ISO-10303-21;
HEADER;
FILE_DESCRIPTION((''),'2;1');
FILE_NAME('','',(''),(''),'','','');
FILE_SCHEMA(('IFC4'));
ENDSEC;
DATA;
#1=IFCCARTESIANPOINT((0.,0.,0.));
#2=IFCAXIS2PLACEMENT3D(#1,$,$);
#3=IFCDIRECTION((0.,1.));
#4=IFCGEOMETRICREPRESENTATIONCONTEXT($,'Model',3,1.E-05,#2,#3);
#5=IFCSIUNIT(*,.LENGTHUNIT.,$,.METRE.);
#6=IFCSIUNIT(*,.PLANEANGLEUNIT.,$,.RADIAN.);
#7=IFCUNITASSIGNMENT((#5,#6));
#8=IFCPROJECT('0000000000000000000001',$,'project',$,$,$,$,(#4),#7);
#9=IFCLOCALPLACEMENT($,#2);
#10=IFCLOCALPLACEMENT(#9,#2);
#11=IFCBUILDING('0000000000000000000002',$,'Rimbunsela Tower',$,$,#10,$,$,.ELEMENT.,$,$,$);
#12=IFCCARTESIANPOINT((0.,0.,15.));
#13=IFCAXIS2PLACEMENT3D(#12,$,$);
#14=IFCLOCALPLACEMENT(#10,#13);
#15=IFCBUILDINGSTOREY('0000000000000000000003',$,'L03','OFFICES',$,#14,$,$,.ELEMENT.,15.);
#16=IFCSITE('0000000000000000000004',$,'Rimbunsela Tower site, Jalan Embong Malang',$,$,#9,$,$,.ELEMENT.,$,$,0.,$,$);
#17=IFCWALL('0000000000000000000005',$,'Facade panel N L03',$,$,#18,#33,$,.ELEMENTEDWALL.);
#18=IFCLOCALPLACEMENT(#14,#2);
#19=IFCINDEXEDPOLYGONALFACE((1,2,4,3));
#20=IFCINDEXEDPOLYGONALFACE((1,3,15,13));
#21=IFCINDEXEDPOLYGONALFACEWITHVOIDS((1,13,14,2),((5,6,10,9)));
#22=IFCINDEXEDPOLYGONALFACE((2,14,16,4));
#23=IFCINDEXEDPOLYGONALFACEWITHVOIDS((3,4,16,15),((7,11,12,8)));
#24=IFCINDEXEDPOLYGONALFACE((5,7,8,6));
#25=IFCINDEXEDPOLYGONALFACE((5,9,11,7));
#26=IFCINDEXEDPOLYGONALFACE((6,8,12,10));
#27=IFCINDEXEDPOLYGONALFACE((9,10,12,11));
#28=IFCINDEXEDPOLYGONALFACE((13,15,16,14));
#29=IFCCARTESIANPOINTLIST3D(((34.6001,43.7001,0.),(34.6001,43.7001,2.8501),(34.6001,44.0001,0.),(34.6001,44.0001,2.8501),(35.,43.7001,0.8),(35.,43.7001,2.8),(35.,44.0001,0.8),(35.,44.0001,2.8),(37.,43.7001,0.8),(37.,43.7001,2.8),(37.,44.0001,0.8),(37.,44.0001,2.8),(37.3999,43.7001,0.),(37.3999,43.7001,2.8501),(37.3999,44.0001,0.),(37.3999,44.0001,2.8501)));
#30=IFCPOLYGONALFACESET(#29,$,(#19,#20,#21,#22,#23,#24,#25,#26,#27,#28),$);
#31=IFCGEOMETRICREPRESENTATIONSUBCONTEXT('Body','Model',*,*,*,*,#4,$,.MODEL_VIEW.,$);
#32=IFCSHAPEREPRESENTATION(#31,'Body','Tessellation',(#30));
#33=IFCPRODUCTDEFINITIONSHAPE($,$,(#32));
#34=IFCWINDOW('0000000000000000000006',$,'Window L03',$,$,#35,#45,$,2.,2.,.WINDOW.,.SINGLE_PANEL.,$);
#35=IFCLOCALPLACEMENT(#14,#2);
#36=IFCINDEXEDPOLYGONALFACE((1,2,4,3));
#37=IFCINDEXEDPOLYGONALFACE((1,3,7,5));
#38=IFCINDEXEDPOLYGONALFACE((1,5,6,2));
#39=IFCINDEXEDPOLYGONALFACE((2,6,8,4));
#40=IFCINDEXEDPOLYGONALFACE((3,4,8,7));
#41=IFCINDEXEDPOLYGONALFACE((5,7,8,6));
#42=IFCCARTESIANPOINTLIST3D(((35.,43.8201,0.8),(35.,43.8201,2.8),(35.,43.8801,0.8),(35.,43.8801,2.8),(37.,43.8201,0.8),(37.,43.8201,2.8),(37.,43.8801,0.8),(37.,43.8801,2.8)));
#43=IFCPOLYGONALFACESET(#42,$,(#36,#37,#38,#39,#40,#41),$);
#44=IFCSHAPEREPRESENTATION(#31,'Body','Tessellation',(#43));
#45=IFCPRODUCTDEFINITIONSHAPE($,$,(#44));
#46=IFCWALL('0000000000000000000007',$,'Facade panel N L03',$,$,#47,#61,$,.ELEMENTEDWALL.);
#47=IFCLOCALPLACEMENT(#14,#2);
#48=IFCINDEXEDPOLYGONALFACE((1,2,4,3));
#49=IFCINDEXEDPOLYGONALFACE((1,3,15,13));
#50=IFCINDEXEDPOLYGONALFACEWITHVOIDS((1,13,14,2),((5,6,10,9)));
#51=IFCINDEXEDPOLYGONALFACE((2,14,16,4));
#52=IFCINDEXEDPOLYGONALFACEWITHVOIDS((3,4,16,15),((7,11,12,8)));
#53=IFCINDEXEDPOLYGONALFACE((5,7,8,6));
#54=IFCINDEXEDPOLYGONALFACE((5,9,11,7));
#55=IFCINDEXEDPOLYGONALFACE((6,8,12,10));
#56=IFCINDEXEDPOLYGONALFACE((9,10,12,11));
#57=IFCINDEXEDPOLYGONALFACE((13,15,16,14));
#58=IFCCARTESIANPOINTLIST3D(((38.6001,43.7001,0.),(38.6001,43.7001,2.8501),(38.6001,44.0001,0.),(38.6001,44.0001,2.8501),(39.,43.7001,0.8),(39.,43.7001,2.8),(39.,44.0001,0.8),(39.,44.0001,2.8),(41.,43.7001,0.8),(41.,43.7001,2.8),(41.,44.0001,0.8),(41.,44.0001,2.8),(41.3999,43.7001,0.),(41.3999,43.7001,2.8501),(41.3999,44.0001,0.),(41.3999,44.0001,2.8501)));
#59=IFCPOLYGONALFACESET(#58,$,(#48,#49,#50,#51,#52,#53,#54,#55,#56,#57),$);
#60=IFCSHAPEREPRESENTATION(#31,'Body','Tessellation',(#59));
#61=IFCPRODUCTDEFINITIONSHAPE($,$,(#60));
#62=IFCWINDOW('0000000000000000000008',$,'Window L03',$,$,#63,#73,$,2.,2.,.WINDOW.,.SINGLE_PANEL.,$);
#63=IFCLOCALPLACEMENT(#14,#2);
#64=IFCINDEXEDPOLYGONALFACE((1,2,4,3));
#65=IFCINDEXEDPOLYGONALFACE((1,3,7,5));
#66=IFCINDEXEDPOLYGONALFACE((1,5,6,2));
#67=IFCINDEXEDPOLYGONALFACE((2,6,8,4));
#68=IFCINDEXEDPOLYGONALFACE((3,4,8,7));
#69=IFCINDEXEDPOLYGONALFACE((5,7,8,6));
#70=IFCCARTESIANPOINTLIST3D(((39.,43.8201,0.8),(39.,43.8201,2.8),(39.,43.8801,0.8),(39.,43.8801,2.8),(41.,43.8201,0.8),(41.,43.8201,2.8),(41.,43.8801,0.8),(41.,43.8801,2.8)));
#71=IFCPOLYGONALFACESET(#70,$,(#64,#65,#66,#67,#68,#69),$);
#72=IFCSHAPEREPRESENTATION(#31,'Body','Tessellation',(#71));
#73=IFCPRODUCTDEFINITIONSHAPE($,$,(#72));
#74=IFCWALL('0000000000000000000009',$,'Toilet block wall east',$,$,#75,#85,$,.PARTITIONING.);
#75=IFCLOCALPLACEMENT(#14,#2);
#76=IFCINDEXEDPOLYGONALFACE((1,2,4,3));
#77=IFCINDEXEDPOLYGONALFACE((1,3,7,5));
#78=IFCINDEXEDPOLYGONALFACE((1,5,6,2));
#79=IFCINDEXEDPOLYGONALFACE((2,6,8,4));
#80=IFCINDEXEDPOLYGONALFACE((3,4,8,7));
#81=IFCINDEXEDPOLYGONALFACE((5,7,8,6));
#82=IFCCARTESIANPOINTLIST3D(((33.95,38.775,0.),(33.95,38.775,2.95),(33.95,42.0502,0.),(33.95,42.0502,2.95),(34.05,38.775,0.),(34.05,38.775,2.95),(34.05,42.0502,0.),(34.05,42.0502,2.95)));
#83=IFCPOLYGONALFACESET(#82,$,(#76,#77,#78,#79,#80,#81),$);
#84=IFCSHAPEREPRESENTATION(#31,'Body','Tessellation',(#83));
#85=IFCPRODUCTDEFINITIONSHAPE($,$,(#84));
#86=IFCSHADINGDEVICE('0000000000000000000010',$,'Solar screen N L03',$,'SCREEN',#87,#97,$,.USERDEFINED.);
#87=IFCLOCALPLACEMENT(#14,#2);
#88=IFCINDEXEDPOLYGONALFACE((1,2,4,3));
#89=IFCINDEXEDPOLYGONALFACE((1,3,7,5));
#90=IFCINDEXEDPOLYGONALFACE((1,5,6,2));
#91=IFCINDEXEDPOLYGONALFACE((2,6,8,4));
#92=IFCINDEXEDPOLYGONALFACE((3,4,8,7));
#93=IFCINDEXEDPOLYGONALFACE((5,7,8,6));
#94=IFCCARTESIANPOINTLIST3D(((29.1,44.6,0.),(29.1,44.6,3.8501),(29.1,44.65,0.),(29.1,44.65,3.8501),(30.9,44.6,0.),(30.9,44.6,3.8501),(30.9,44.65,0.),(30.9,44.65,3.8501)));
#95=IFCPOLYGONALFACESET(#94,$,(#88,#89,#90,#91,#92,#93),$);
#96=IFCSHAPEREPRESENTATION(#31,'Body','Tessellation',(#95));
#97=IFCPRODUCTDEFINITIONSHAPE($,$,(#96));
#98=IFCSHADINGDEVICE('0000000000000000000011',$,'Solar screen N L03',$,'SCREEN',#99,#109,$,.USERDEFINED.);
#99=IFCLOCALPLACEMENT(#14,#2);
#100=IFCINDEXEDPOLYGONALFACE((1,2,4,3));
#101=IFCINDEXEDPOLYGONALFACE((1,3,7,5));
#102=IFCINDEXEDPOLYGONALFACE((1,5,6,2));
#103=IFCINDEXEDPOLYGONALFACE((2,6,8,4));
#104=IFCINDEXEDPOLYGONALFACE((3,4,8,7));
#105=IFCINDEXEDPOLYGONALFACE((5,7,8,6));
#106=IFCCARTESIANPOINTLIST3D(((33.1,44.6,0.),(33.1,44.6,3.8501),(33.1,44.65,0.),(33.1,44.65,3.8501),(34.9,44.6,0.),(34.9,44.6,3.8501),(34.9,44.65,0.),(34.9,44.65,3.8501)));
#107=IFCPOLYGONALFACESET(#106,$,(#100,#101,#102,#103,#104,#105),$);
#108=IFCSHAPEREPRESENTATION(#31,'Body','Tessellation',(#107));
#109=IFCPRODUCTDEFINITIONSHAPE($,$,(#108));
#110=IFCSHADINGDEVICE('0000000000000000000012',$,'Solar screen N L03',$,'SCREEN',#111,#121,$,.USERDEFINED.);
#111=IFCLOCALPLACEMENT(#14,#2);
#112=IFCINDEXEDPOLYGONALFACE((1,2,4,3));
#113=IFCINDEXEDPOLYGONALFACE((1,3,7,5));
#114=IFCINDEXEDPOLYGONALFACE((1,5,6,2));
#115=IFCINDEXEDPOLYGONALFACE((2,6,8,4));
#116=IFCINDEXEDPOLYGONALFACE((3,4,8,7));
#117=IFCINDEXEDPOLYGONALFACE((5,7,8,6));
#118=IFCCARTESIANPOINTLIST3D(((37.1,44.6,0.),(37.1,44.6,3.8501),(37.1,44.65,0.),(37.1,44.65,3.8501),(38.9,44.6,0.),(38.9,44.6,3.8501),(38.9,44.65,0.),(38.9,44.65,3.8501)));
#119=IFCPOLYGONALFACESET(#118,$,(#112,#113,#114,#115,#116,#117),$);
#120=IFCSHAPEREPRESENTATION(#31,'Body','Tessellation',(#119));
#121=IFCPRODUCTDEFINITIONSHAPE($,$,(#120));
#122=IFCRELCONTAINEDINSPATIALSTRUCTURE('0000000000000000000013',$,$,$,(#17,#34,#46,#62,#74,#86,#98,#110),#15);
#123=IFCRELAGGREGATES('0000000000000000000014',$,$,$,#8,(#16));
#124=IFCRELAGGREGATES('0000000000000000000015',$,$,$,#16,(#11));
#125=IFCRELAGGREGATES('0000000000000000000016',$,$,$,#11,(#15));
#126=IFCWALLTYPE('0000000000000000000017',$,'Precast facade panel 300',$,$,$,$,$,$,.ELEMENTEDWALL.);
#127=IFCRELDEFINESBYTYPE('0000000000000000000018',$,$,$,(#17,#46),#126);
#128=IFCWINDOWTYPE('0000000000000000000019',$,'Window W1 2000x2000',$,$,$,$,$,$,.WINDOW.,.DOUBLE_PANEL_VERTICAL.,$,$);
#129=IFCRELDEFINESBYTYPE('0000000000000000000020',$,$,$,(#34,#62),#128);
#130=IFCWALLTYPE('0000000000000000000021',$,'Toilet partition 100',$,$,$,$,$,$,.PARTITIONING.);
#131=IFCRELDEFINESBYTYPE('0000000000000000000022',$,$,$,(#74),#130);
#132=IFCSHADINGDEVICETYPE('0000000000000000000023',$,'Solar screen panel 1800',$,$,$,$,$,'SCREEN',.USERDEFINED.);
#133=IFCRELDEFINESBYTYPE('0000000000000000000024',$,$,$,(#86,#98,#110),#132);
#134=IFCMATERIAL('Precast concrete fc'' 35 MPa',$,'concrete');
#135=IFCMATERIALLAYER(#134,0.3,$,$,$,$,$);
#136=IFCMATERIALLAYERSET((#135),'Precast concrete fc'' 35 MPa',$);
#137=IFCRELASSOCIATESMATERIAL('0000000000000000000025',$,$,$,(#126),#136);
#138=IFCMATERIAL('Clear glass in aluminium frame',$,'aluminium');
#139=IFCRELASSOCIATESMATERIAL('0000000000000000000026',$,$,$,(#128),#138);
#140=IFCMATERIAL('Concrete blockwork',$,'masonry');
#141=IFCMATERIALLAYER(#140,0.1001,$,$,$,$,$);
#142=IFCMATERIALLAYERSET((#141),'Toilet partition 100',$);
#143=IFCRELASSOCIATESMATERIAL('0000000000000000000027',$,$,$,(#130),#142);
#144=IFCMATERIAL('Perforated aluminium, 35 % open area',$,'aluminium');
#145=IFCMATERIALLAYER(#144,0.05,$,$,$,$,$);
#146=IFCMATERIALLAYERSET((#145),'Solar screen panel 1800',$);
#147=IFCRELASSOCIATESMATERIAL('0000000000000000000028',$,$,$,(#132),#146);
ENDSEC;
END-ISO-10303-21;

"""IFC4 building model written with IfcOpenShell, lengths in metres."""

from ifc_helpers import new_model, si_unit, direction, frame, frame_2d, origin, origin_2d, place, context, subcontext, project, spatial, rectangle, extrude, material, layer, layer_set, type_object, element, fill, save


model = new_model("IFC4")

# Units and contexts
model_context = context("Model", 3, precision=1e-05, world=origin(), true_north=direction((0.0, 1.0)))
body_context = subcontext(model_context, "Body", "Model", "MODEL_VIEW")
ifc_project = project(units=[si_unit("LENGTHUNIT", "METRE"), si_unit("PLANEANGLEUNIT", "RADIAN")], contexts=[model_context])

# Site, building, storey
site_placement = place(None, origin())
site = spatial("IfcSite", under=ifc_project, at=site_placement, Name="Rimbunsela Tower site, Jalan Embong Malang", CompositionType="ELEMENT", RefElevation=0.0)
building_placement = place(site_placement, origin())
building = spatial("IfcBuilding", under=site, at=building_placement, Name="Rimbunsela Tower", CompositionType="ELEMENT")
storey_placement = place(building_placement, frame((0.0, 0.0, 15.0)))
storey = spatial("IfcBuildingStorey", under=building, at=storey_placement, Name="L03", Description="OFFICES", CompositionType="ELEMENT", Elevation=15.0)

# Walls, openings, windows
ifc_material_1 = material(Name="Precast concrete fc' 35 MPa", Category="concrete")
ifc_layer_1 = layer(ifc_material_1, 0.3)
ifc_layer_set_1 = layer_set([ifc_layer_1], Name="Precast concrete fc' 35 MPa")
wall_type_1 = type_object("IfcWallType", Name="Precast facade panel 300", PredefinedType="ELEMENTEDWALL", material=ifc_layer_set_1)
ifc_material_2 = material(Name="Clear glass in aluminium frame", Category="aluminium")
window_type = type_object("IfcWindowType", Name="Window W1 2000x2000", PartitioningType="DOUBLE_PANEL_VERTICAL", PredefinedType="WINDOW", material=ifc_material_2)
wall_1_placement = place(storey_placement, frame((37.3999, 43.8501, 0.0), z_axis=(0.0, 0.0, 1.0), x_axis=(-1.0, 0.0, 0.0)))
wall_1 = element("IfcWall", 1, at=wall_1_placement, inside=storey, type_object=wall_type_1, Name="Facade panel N L03", PredefinedType="ELEMENTEDWALL", context=body_context, shape_type="SweptSolid", body=[
    extrude(rectangle(XDim=2.7998, YDim=0.3, at=frame_2d((1.3999, 0.0))), origin(), (0.0, 0.0, 1.0), 2.8501),
])
opening_1_placement = place(wall_1_placement, frame((0.3999, 0.0, 0.8)))
opening_1 = element("IfcOpeningElement", 2, at=opening_1_placement, cuts=wall_1, PredefinedType="OPENING", context=body_context, shape_type="SweptSolid", body=[
    extrude(rectangle(XDim=2.0, YDim=2.0, at=frame_2d((1.0, 1.0))), frame((0.0, 0.1599, 0.0), z_axis=(0.0, -1.0, 0.0), x_axis=(1.0, 0.0, 0.0)), (0.0, 0.0, 1.0), 0.3201),
])
window_1_placement = place(opening_1_placement, origin())
window_1 = element("IfcWindow", 3, at=window_1_placement, inside=storey, type_object=window_type, Name="Window L03", OverallHeight=2.0, OverallWidth=2.0, PartitioningType="SINGLE_PANEL", PredefinedType="WINDOW", context=body_context, shape_type="SweptSolid", body=[
    extrude(rectangle(XDim=2.0, YDim=2.0, at=frame_2d((1.0, 1.0))), frame((0.0, 0.03, 0.0), z_axis=(0.0, -1.0, 0.0), x_axis=(1.0, 0.0, 0.0)), (0.0, 0.0, 1.0), 0.0601),
])
fill(opening_1, window_1)
wall_2_placement = place(storey_placement, frame((41.3999, 43.8501, 0.0), z_axis=(0.0, 0.0, 1.0), x_axis=(-1.0, 0.0, 0.0)))
wall_2 = element("IfcWall", 4, at=wall_2_placement, inside=storey, type_object=wall_type_1, Name="Facade panel N L03", PredefinedType="ELEMENTEDWALL", context=body_context, shape_type="SweptSolid", body=[
    extrude(rectangle(XDim=2.7998, YDim=0.3, at=frame_2d((1.3999, 0.0))), origin(), (0.0, 0.0, 1.0), 2.8501),
])
opening_2_placement = place(wall_2_placement, frame((0.3999, 0.0, 0.8)))
opening_2 = element("IfcOpeningElement", 5, at=opening_2_placement, cuts=wall_2, PredefinedType="OPENING", context=body_context, shape_type="SweptSolid", body=[
    extrude(rectangle(XDim=2.0, YDim=2.0, at=frame_2d((1.0, 1.0))), frame((0.0, 0.1599, 0.0), z_axis=(0.0, -1.0, 0.0), x_axis=(1.0, 0.0, 0.0)), (0.0, 0.0, 1.0), 0.3201),
])
window_2_placement = place(opening_2_placement, origin())
window_2 = element("IfcWindow", 6, at=window_2_placement, inside=storey, type_object=window_type, Name="Window L03", OverallHeight=2.0, OverallWidth=2.0, PartitioningType="SINGLE_PANEL", PredefinedType="WINDOW", context=body_context, shape_type="SweptSolid", body=[
    extrude(rectangle(XDim=2.0, YDim=2.0, at=frame_2d((1.0, 1.0))), frame((0.0, 0.03, 0.0), z_axis=(0.0, -1.0, 0.0), x_axis=(1.0, 0.0, 0.0)), (0.0, 0.0, 1.0), 0.0601),
])
fill(opening_2, window_2)

# Wall
ifc_material_3 = material(Name="Concrete blockwork", Category="masonry")
ifc_layer_2 = layer(ifc_material_3, 0.1001)
ifc_layer_set_2 = layer_set([ifc_layer_2], Name="Toilet partition 100")
wall_type_2 = type_object("IfcWallType", Name="Toilet partition 100", PredefinedType="PARTITIONING", material=ifc_layer_set_2)
wall_3_placement = place(storey_placement, frame((34.0, 38.7749, 0.0), z_axis=(0.0, 0.0, 1.0), x_axis=(0.0, 1.0, 0.0)))
element("IfcWall", 7, at=wall_3_placement, inside=storey, type_object=wall_type_2, Name="Toilet block wall east", PredefinedType="PARTITIONING", context=body_context, shape_type="SweptSolid", body=[
    extrude(rectangle(XDim=3.2751, YDim=0.1001, at=frame_2d((1.6377, 0.0))), origin(), (0.0, 0.0, 1.0), 2.95),
])

# Shading devices
ifc_material_4 = material(Name="Perforated aluminium, 35 % open area", Category="aluminium")
ifc_layer_3 = layer(ifc_material_4, 0.05)
ifc_layer_set_3 = layer_set([ifc_layer_3], Name="Solar screen panel 1800")
shading_device_type = type_object("IfcShadingDeviceType", Name="Solar screen panel 1800", ElementType="SCREEN", PredefinedType="USERDEFINED", material=ifc_layer_set_3)
for number, where, z_axis, x_axis, name in (
    (8, (30.0, 44.625, 0.0), (0.0, 0.0, 1.0), (1.0, 0.0, 0.0), "Solar screen N L03"),
    (9, (34.0, 44.625, 0.0), (0.0, 0.0, 1.0), (1.0, 0.0, 0.0), "Solar screen N L03"),
    (10, (38.0, 44.625, 0.0), (0.0, 0.0, 1.0), (1.0, 0.0, 0.0), "Solar screen N L03"),
):
    element("IfcShadingDevice", number, at=place(storey_placement, frame(where, z_axis=z_axis, x_axis=x_axis)), inside=storey, type_object=shading_device_type, Name=name, ObjectType="SCREEN", PredefinedType="USERDEFINED", context=body_context, shape_type="SweptSolid", body=[
        extrude(rectangle(XDim=1.8, YDim=0.05, at=origin_2d()), origin(), (0.0, 0.0, 1.0), 3.8501),
    ])

save(model, "model.ifc")
